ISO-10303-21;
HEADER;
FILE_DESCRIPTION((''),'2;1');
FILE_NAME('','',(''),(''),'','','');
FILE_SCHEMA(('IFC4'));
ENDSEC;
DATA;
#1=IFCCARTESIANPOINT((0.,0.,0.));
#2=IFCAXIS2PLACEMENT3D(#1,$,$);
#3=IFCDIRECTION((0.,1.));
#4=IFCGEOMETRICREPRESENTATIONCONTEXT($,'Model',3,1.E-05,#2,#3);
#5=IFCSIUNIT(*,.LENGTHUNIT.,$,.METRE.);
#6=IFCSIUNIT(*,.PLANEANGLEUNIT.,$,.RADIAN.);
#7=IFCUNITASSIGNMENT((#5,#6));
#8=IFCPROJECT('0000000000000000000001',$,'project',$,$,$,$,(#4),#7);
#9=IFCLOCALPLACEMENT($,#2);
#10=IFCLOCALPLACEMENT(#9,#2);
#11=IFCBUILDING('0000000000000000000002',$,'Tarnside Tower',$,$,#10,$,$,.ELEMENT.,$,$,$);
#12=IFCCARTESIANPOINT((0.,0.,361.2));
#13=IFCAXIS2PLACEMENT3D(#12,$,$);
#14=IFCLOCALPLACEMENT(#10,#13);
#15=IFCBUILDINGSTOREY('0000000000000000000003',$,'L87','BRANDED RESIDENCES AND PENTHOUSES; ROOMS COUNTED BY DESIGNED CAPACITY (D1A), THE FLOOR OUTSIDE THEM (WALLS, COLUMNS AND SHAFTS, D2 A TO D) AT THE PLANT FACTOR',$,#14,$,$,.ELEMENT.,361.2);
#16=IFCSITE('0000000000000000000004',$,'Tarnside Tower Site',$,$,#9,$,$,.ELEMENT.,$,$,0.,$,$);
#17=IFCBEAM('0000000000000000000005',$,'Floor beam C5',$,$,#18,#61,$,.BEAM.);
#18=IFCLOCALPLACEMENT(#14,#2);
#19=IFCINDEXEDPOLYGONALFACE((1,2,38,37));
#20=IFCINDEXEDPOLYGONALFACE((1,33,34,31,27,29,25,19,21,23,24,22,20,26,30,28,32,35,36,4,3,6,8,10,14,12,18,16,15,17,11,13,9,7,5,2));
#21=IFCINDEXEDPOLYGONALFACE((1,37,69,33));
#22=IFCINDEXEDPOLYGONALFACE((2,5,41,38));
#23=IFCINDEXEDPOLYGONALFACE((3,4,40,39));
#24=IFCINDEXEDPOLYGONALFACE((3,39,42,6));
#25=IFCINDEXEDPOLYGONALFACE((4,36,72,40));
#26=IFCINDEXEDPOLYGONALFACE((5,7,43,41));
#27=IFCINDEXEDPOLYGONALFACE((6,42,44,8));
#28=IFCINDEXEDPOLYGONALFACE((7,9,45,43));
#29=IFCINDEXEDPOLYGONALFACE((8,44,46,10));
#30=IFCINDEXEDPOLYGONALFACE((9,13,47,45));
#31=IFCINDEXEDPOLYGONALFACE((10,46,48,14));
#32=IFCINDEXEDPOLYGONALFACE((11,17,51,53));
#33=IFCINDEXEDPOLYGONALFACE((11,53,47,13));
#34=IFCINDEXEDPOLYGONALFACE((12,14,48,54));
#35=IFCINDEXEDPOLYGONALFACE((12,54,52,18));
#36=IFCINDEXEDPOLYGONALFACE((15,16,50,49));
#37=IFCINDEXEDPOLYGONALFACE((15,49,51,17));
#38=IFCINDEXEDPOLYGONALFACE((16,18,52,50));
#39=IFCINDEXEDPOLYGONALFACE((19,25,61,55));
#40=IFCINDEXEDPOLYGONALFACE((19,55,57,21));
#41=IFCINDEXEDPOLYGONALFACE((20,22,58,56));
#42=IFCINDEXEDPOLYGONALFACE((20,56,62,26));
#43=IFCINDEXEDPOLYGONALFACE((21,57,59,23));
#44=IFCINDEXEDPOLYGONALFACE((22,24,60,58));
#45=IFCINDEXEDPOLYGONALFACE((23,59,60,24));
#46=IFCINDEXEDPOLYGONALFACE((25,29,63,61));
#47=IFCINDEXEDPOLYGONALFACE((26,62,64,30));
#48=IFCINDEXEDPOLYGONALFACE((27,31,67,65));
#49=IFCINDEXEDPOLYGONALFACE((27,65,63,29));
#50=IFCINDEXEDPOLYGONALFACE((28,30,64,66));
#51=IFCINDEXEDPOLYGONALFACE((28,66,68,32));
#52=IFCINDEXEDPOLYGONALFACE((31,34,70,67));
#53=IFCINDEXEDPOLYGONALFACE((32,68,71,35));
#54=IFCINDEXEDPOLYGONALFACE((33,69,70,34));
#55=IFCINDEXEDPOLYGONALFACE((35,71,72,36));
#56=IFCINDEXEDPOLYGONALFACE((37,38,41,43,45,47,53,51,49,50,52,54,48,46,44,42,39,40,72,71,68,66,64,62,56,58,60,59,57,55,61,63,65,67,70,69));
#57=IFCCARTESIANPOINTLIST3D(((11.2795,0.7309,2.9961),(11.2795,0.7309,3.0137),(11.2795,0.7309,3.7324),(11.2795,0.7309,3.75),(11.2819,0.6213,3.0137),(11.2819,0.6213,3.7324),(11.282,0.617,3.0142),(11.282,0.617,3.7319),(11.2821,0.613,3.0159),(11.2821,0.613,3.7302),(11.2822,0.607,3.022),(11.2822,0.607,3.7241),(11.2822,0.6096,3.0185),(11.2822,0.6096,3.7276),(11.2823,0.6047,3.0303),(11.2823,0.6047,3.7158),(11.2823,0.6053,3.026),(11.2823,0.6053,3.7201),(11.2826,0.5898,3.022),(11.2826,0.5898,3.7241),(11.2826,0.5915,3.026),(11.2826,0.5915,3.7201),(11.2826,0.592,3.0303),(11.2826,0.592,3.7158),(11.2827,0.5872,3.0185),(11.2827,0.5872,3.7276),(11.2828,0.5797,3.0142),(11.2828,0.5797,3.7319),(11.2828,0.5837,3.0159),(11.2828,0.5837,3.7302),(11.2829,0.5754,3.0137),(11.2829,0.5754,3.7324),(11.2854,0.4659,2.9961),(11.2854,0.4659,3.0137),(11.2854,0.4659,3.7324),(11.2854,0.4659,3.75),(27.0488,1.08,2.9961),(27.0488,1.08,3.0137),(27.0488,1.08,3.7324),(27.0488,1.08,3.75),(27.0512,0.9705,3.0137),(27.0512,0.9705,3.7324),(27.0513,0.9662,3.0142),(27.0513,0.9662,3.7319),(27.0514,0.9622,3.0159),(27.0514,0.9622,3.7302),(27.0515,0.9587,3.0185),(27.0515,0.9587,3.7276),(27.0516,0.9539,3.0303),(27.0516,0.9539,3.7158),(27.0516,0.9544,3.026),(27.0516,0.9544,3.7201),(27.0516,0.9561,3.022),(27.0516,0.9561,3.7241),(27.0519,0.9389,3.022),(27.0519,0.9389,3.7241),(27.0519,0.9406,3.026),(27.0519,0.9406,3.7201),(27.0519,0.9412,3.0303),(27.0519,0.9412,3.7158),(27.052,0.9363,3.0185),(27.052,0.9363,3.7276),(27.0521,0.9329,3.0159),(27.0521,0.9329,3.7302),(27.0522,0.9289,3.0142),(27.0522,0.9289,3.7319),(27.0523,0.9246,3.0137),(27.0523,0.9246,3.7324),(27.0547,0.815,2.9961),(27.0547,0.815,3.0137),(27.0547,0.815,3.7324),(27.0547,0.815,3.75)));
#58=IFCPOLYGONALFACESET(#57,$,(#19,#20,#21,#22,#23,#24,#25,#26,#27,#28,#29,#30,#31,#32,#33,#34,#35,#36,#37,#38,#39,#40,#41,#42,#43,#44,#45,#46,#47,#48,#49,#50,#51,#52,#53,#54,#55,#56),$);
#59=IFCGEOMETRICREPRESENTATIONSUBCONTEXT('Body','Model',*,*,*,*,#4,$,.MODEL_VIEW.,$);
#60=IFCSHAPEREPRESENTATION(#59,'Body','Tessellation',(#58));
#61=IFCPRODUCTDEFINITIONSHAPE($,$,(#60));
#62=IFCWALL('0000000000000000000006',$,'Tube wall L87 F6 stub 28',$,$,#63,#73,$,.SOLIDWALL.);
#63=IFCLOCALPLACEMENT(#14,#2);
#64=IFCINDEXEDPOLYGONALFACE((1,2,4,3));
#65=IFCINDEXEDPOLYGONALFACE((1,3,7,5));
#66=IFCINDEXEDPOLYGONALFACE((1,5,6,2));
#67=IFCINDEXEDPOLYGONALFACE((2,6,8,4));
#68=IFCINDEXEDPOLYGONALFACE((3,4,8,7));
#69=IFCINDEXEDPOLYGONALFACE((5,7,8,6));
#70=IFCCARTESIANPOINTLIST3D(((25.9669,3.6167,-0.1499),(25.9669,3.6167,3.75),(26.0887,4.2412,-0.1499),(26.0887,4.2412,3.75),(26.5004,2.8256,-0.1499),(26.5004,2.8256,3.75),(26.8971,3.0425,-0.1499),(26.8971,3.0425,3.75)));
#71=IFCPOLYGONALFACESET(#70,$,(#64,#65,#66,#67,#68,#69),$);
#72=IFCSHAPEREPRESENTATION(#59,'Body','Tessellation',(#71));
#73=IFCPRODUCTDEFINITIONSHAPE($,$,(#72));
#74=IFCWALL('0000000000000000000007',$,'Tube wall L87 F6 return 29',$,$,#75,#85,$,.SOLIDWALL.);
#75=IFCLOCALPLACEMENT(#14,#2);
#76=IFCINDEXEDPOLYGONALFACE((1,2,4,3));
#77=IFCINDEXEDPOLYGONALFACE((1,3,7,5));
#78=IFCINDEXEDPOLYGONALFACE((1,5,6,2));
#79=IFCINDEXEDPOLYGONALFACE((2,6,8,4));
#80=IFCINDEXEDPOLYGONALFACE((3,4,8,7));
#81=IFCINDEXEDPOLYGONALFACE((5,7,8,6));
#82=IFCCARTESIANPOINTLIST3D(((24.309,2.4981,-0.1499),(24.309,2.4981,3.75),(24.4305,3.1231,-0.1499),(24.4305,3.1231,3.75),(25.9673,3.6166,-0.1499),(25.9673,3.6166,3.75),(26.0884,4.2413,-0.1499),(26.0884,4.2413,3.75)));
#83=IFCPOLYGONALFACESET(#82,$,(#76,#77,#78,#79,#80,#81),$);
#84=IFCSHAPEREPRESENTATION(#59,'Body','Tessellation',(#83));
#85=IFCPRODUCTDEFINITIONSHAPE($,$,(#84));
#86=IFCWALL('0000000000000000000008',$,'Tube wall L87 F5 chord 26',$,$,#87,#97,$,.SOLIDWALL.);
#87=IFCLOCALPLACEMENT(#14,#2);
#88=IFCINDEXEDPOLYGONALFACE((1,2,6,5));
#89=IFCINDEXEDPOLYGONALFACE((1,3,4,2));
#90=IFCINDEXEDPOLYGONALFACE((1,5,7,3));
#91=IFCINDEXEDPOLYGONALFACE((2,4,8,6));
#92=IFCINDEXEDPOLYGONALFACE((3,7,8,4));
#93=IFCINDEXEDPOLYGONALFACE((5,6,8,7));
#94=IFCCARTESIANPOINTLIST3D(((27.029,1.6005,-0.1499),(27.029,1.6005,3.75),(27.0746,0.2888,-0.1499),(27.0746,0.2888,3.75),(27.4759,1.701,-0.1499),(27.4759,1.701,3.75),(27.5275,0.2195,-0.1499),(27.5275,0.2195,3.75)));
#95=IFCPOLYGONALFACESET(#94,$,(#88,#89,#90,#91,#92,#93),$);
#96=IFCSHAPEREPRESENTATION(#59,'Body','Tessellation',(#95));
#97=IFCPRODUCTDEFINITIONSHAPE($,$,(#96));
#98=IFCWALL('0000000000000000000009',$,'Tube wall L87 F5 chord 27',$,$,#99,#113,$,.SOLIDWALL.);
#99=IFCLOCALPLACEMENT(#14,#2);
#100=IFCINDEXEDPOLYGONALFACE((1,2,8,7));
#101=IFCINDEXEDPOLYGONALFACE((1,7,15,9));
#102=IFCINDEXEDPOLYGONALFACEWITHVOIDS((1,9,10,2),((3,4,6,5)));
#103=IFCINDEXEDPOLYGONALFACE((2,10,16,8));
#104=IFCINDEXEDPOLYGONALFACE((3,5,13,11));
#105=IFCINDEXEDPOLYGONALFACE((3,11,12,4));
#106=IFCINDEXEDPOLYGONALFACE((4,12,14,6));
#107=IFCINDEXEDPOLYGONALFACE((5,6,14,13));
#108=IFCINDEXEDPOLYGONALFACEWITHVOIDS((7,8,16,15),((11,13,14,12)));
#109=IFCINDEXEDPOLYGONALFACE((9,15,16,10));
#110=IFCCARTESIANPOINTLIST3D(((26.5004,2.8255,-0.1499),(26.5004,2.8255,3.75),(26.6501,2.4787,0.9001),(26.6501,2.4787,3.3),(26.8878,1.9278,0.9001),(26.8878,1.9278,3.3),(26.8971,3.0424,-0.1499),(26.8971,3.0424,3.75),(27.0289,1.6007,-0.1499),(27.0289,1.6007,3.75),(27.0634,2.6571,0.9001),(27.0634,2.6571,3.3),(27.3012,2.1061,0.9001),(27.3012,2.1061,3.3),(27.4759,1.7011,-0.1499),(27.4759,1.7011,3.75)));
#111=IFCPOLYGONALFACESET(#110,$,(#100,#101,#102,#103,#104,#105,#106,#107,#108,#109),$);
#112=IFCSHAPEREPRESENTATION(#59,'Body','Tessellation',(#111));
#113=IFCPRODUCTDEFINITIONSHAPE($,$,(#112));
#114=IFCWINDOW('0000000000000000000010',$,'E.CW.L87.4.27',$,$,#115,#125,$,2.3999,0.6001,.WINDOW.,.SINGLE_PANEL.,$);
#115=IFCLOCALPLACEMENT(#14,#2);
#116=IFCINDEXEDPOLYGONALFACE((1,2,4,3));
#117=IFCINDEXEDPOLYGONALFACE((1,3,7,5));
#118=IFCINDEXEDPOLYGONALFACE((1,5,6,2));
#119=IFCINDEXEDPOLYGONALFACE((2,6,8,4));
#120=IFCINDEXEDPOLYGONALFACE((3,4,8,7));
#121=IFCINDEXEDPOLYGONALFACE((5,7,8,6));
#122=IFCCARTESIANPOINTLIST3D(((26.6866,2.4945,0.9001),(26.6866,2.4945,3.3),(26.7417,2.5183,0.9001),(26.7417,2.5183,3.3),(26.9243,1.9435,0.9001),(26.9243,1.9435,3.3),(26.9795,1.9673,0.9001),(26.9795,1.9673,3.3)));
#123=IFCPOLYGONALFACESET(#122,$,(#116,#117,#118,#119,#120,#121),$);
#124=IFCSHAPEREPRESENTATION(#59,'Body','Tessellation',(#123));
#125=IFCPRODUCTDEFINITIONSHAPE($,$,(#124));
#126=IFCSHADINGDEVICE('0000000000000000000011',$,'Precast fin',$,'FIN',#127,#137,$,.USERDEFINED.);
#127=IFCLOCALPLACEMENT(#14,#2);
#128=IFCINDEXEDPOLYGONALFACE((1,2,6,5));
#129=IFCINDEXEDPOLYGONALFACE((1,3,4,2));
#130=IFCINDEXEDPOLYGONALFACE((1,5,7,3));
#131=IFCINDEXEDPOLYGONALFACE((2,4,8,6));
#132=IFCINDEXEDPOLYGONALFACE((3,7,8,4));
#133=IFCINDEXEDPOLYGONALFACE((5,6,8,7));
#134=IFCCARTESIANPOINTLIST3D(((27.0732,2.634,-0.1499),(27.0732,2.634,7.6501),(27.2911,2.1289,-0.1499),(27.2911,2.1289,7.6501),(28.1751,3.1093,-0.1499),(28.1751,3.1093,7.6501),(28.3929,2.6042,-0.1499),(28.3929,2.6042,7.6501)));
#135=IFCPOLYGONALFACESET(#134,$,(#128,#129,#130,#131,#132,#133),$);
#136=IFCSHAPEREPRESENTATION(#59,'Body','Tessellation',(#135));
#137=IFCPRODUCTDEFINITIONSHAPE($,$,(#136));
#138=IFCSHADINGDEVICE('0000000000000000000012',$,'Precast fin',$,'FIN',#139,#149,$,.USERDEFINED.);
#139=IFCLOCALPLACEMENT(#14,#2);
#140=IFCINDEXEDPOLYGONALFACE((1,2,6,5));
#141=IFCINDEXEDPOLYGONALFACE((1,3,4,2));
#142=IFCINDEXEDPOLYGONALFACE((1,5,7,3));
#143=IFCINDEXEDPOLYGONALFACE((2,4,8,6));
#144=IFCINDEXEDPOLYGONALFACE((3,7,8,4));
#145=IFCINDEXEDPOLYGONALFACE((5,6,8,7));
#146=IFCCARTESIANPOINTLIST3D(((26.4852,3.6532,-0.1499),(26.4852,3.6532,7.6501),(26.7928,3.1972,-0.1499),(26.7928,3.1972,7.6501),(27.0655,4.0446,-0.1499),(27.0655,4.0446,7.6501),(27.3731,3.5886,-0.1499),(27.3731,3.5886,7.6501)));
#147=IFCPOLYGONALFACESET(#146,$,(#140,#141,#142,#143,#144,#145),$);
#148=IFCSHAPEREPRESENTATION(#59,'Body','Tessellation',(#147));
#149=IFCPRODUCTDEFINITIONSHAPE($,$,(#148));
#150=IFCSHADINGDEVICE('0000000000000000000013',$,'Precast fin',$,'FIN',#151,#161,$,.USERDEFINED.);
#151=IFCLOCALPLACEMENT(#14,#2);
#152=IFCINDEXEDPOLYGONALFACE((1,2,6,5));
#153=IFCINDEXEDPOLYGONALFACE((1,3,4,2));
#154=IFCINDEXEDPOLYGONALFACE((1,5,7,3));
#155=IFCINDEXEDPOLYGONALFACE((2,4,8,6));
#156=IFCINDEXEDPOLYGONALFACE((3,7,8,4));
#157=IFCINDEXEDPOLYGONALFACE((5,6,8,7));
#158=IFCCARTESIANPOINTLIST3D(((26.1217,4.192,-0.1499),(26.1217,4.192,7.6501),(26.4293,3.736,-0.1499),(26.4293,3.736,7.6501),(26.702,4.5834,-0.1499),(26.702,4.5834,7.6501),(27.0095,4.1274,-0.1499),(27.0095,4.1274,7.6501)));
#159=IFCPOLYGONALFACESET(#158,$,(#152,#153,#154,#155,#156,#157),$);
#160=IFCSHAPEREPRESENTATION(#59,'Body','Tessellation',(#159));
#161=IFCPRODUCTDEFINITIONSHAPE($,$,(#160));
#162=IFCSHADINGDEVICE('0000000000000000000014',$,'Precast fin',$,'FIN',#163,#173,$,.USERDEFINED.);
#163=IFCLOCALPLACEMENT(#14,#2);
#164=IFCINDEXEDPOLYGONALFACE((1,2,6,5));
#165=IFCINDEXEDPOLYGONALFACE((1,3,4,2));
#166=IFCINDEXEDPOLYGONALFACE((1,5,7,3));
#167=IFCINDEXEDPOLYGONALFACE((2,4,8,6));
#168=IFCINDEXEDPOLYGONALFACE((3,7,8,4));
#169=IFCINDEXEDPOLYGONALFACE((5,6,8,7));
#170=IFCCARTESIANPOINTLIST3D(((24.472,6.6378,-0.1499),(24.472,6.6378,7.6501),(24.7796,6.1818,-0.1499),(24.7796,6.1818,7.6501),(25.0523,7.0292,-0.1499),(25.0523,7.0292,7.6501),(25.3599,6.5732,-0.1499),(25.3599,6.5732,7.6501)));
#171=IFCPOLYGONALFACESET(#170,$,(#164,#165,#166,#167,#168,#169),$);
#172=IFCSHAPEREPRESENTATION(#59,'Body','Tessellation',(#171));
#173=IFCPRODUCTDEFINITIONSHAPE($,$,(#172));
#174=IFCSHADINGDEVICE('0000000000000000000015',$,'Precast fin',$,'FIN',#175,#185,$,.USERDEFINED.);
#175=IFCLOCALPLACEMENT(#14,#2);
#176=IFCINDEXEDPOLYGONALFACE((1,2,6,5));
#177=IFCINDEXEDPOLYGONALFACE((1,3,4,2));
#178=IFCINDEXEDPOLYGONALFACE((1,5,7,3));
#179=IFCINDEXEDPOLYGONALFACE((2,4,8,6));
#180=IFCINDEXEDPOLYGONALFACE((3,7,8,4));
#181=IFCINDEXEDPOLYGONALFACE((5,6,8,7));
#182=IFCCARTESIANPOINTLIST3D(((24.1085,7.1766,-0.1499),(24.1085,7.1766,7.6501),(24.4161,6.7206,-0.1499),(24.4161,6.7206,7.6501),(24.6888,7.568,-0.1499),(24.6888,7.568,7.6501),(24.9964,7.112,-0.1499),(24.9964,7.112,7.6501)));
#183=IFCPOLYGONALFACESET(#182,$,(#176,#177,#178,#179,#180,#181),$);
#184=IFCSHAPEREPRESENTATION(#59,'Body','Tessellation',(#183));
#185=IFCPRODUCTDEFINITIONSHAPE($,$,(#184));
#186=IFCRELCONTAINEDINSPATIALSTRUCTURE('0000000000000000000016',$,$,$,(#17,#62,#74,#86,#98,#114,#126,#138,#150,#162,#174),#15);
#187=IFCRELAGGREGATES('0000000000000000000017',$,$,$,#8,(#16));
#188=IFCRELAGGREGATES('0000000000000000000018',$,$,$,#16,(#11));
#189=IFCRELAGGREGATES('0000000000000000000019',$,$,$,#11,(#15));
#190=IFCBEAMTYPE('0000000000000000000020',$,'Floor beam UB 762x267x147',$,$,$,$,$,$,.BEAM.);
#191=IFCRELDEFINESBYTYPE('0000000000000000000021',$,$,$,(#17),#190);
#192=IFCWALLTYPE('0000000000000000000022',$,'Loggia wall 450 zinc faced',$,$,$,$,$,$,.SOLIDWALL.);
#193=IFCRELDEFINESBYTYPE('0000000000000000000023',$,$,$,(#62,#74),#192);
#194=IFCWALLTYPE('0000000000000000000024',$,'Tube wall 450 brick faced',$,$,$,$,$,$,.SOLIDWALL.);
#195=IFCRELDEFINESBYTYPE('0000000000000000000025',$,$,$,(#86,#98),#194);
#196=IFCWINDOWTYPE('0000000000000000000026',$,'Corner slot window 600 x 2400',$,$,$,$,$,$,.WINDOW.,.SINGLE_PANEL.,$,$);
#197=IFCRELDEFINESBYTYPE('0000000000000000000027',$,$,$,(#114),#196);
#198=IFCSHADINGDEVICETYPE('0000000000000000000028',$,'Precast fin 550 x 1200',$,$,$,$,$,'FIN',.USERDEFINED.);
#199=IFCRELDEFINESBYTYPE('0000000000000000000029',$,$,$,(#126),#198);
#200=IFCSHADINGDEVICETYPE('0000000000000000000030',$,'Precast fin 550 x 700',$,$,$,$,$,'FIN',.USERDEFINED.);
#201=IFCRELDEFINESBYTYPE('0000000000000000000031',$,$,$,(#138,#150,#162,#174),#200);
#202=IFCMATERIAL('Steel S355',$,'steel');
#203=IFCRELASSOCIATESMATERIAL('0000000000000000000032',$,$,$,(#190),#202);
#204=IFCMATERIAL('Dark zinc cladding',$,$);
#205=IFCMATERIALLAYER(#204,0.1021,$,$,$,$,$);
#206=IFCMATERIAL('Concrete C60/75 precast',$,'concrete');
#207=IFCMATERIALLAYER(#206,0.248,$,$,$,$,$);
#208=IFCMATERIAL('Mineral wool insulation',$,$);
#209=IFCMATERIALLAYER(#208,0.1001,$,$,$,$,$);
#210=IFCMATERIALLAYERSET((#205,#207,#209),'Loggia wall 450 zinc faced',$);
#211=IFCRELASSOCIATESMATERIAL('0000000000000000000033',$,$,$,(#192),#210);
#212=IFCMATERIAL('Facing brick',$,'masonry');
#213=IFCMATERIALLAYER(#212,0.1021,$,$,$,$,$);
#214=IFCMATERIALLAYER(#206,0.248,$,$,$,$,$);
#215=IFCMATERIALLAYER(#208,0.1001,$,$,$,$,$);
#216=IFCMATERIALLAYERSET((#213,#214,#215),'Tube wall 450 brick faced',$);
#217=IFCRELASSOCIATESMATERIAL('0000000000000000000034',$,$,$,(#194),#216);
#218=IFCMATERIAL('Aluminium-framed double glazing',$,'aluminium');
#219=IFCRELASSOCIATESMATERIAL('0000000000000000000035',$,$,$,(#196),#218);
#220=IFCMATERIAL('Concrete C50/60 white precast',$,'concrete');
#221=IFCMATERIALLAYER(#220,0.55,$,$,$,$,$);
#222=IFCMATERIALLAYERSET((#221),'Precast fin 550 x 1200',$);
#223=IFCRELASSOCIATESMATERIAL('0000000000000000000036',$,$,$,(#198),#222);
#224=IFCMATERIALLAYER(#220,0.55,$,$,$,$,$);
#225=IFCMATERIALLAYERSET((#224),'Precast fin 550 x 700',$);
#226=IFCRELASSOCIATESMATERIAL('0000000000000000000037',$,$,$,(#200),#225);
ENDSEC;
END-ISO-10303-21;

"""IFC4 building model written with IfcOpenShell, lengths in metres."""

from ifc_helpers import new_model, si_unit, direction, frame, frame_2d, origin, origin_2d, place, context, subcontext, project, spatial, polyline, rectangle, i_section, outline, extrude, material, layer, layer_set, material_profile, profile_set, type_object, element, fill, save


model = new_model("IFC4")

# Units and contexts
model_context = context("Model", 3, precision=1e-05, world=origin(), true_north=direction((0.0, 1.0)))
body_context = subcontext(model_context, "Body", "Model", "MODEL_VIEW")
ifc_project = project(units=[si_unit("LENGTHUNIT", "METRE"), si_unit("PLANEANGLEUNIT", "RADIAN")], contexts=[model_context])

# Site, building, storey
site_placement = place(None, origin())
site = spatial("IfcSite", under=ifc_project, at=site_placement, Name="Tarnside Tower Site", CompositionType="ELEMENT", RefElevation=0.0)
building_placement = place(site_placement, origin())
building = spatial("IfcBuilding", under=site, at=building_placement, Name="Tarnside Tower", CompositionType="ELEMENT")
storey_placement = place(building_placement, frame((0.0, 0.0, 361.2)))
storey = spatial("IfcBuildingStorey", under=building, at=storey_placement, Name="L87", Description="BRANDED RESIDENCES AND PENTHOUSES; ROOMS COUNTED BY DESIGNED CAPACITY (D1A), THE FLOOR OUTSIDE THEM (WALLS, COLUMNS AND SHAFTS, D2 A TO D) AT THE PLANT FACTOR", CompositionType="ELEMENT", Elevation=361.2)

# Beam
ifc_material_1 = material(Name="Steel S355", Category="steel")
ifc_material_profile = material_profile(ifc_material_1, i_section(OverallWidth=0.2651, OverallDepth=0.7539, WebThickness=0.0127, FlangeThickness=0.0176, FilletRadius=0.0166, at=origin_2d()), Name="UB 762x267x147")
ifc_profile_set = profile_set([ifc_material_profile], Name="Steel S355")
beam_type = type_object("IfcBeamType", Name="Floor beam UB 762x267x147", PredefinedType="BEAM", material=ifc_profile_set)
beam_placement = place(storey_placement, frame((27.0518, 0.9475, 3.373), z_axis=(-0.999755, -0.022134, 0.0), x_axis=(0.022134, -0.999755, 0.0)))
element("IfcBeam", 1, at=beam_placement, inside=storey, type_object=beam_type, Name="Floor beam C5", PredefinedType="BEAM", context=body_context, shape_type="SweptSolid", body=[
    extrude(i_section(OverallWidth=0.2651, OverallDepth=0.7539, WebThickness=0.0127, FlangeThickness=0.0176, FilletRadius=0.0166, at=origin_2d()), origin(), (0.0, 0.0, 1.0), 15.7732),
])

# Walls
ifc_material_2 = material(Name="Dark zinc cladding")
ifc_layer_1 = layer(ifc_material_2, 0.1021)
ifc_material_3 = material(Name="Concrete C60/75 precast", Category="concrete")
ifc_layer_2 = layer(ifc_material_3, 0.248)
ifc_material_4 = material(Name="Mineral wool insulation")
ifc_layer_3 = layer(ifc_material_4, 0.1001)
ifc_layer_set_1 = layer_set([ifc_layer_1, ifc_layer_2, ifc_layer_3], Name="Loggia wall 450 zinc faced")
wall_type_1 = type_object("IfcWallType", Name="Loggia wall 450 zinc faced", PredefinedType="SOLIDWALL", material=ifc_layer_set_1)
wall_1_placement = place(storey_placement, frame((26.6987, 2.9341, -0.1499), z_axis=(0.0, 0.0, 1.0), x_axis=(-0.559106, 0.829096, 0.0)))
element("IfcWall", 2, at=wall_1_placement, inside=storey, type_object=wall_type_1, Name="Tube wall L87 F6 stub 28", PredefinedType="SOLIDWALL", context=body_context, shape_type="SweptSolid", body=[
    extrude(outline(polyline([(-0.021, -0.2251), (1.4248, -0.2251), (0.9751, 0.2251), (0.021, 0.2251), (-0.021, -0.2251)])), origin(), (0.0, 0.0, 1.0), 3.8999),
])
wall_2_placement = place(storey_placement, frame((26.0278, 3.929, -0.1499), z_axis=(0.0, 0.0, 1.0), x_axis=(-0.829052, -0.559171, 0.0)))
element("IfcWall", 3, at=wall_2_placement, inside=storey, type_object=wall_type_1, Name="Tube wall L87 F6 return 29", PredefinedType="SOLIDWALL", context=body_context, shape_type="SweptSolid", body=[
    extrude(outline(polyline([(-0.2249, -0.2251), (1.7749, -0.2251), (2.2251, 0.2251), (0.2249, 0.2251), (-0.2249, -0.2251)])), origin(), (0.0, 0.0, 1.0), 3.8999),
])

# Shared definitions
ifc_material_5 = material(Name="Aluminium-framed double glazing", Category="aluminium")

# Wall
ifc_material_6 = material(Name="Facing brick", Category="masonry")
ifc_layer_4 = layer(ifc_material_6, 0.1021)
ifc_layer_5 = layer(ifc_material_3, 0.248)
ifc_layer_6 = layer(ifc_material_4, 0.1001)
ifc_layer_set_2 = layer_set([ifc_layer_4, ifc_layer_5, ifc_layer_6], Name="Tube wall 450 brick faced")
wall_type_2 = type_object("IfcWallType", Name="Tube wall 450 brick faced", PredefinedType="SOLIDWALL", material=ifc_layer_set_2)
wall_3_placement = place(storey_placement, frame((27.301, 0.2542, -0.1499), z_axis=(0.0, 0.0, 1.0), x_axis=(-0.034763, 0.999396, 0.0)))
element("IfcWall", 4, at=wall_3_placement, inside=storey, type_object=wall_type_2, Name="Tube wall L87 F5 chord 26", PredefinedType="SOLIDWALL", context=body_context, shape_type="SweptSolid", body=[
    extrude(outline(polyline([(-0.0425, -0.2251), (1.4399, -0.2251), (1.355, 0.2251), (0.0425, 0.2251), (-0.0425, -0.2251)])), origin(), (0.0, 0.0, 1.0), 3.8999),
])

# Wall, opening, window
wall_4_placement = place(storey_placement, frame((27.2524, 1.6509, -0.1499), z_axis=(0.0, 0.0, 1.0), x_axis=(-0.396195, 0.918166, 0.0)))
wall_4 = element("IfcWall", 5, at=wall_4_placement, inside=storey, type_object=wall_type_2, Name="Tube wall L87 F5 chord 27", PredefinedType="SOLIDWALL", context=body_context, shape_type="SweptSolid", body=[
    extrude(outline(polyline([(-0.0425, -0.2251), (1.4185, -0.2251), (1.3765, 0.2251), (0.0425, 0.2251), (-0.0425, -0.2251)])), origin(), (0.0, 0.0, 1.0), 3.8999),
])
opening_1_placement = place(wall_4_placement, frame((0.3987, 0.0, 1.05)))
opening_1 = element("IfcOpeningElement", 6, at=opening_1_placement, cuts=wall_4, PredefinedType="OPENING", context=body_context, shape_type="SweptSolid", body=[
    extrude(rectangle(XDim=0.6001, YDim=2.3999, at=frame_2d((0.3, 1.2))), frame((0.0, 0.2349, 0.0), z_axis=(0.0, -1.0, 0.0), x_axis=(1.0, 0.0, 0.0)), (0.0, 0.0, 1.0), 0.47),
])
window_type_1 = type_object("IfcWindowType", Name="Corner slot window 600 x 2400", PartitioningType="SINGLE_PANEL", PredefinedType="WINDOW", material=ifc_material_5)
window_1_placement = place(opening_1_placement, frame((0.0, 0.1553, 0.0)))
window_1 = element("IfcWindow", 7, at=window_1_placement, inside=storey, type_object=window_type_1, Name="E.CW.L87.4.27", OverallHeight=2.3999, OverallWidth=0.6001, PartitioningType="SINGLE_PANEL", PredefinedType="WINDOW", context=body_context, shape_type="SweptSolid", body=[
    extrude(rectangle(XDim=0.6001, YDim=2.3999, at=frame_2d((0.3, 1.2))), frame((0.0, 0.03, 0.0), z_axis=(0.0, -1.0, 0.0), x_axis=(1.0, 0.0, 0.0)), (0.0, 0.0, 1.0), 0.0601),
])
fill(opening_1, window_1)

# Shading devices
ifc_material_7 = material(Name="Concrete C50/60 white precast", Category="concrete")
ifc_layer_7 = layer(ifc_material_7, 0.55)
ifc_layer_set_3 = layer_set([ifc_layer_7], Name="Precast fin 550 x 1200")
shading_device_type_1 = type_object("IfcShadingDeviceType", Name="Precast fin 550 x 1200", ElementType="FIN", PredefinedType="USERDEFINED", material=ifc_layer_set_3)
shading_device_placement = place(storey_placement, frame((27.1821, 2.3816, -0.1499), z_axis=(0.39608, -0.918216, 0.0), x_axis=(0.918216, 0.39608, 0.0)))
element("IfcShadingDevice", 8, at=shading_device_placement, inside=storey, type_object=shading_device_type_1, Name="Precast fin", ObjectType="FIN", PredefinedType="USERDEFINED", context=body_context, shape_type="SweptSolid", body=[
    extrude(outline(polyline([(0.0, 0.0), (1.2, 0.0), (1.2, 7.8), (0.0, 7.8), (0.0, 0.0)])), frame((0.0, 0.0, -0.2749)), (0.0, 0.0, 1.0), 0.55),
])
ifc_layer_8 = layer(ifc_material_7, 0.55)
ifc_layer_set_4 = layer_set([ifc_layer_8], Name="Precast fin 550 x 700")
shading_device_type_2 = type_object("IfcShadingDeviceType", Name="Precast fin 550 x 700", ElementType="FIN", PredefinedType="USERDEFINED", material=ifc_layer_set_4)
for number, where, z_axis, x_axis, name in (
    (9, (26.6389, 3.4253, -0.1499), (0.559193, -0.829038, 0.0), (0.829038, 0.559193, 0.0), "Precast fin"),
    (10, (26.2754, 3.9641, -0.1499), (0.559193, -0.829038, 0.0), (0.829038, 0.559193, 0.0), "Precast fin"),
    (11, (24.6257, 6.4099, -0.1499), (0.559193, -0.829038, 0.0), (0.829038, 0.559193, 0.0), "Precast fin"),
    (12, (24.2622, 6.9487, -0.1499), (0.559193, -0.829038, 0.0), (0.829038, 0.559193, 0.0), "Precast fin"),
):
    element("IfcShadingDevice", number, at=place(storey_placement, frame(where, z_axis=z_axis, x_axis=x_axis)), inside=storey, type_object=shading_device_type_2, Name=name, ObjectType="FIN", PredefinedType="USERDEFINED", context=body_context, shape_type="SweptSolid", body=[
        extrude(outline(polyline([(0.0, 0.0), (0.7, 0.0), (0.7, 7.8), (0.0, 7.8), (0.0, 0.0)])), frame((0.0, 0.0, -0.2749)), (0.0, 0.0, 1.0), 0.55),
    ])

save(model, "model.ifc")
